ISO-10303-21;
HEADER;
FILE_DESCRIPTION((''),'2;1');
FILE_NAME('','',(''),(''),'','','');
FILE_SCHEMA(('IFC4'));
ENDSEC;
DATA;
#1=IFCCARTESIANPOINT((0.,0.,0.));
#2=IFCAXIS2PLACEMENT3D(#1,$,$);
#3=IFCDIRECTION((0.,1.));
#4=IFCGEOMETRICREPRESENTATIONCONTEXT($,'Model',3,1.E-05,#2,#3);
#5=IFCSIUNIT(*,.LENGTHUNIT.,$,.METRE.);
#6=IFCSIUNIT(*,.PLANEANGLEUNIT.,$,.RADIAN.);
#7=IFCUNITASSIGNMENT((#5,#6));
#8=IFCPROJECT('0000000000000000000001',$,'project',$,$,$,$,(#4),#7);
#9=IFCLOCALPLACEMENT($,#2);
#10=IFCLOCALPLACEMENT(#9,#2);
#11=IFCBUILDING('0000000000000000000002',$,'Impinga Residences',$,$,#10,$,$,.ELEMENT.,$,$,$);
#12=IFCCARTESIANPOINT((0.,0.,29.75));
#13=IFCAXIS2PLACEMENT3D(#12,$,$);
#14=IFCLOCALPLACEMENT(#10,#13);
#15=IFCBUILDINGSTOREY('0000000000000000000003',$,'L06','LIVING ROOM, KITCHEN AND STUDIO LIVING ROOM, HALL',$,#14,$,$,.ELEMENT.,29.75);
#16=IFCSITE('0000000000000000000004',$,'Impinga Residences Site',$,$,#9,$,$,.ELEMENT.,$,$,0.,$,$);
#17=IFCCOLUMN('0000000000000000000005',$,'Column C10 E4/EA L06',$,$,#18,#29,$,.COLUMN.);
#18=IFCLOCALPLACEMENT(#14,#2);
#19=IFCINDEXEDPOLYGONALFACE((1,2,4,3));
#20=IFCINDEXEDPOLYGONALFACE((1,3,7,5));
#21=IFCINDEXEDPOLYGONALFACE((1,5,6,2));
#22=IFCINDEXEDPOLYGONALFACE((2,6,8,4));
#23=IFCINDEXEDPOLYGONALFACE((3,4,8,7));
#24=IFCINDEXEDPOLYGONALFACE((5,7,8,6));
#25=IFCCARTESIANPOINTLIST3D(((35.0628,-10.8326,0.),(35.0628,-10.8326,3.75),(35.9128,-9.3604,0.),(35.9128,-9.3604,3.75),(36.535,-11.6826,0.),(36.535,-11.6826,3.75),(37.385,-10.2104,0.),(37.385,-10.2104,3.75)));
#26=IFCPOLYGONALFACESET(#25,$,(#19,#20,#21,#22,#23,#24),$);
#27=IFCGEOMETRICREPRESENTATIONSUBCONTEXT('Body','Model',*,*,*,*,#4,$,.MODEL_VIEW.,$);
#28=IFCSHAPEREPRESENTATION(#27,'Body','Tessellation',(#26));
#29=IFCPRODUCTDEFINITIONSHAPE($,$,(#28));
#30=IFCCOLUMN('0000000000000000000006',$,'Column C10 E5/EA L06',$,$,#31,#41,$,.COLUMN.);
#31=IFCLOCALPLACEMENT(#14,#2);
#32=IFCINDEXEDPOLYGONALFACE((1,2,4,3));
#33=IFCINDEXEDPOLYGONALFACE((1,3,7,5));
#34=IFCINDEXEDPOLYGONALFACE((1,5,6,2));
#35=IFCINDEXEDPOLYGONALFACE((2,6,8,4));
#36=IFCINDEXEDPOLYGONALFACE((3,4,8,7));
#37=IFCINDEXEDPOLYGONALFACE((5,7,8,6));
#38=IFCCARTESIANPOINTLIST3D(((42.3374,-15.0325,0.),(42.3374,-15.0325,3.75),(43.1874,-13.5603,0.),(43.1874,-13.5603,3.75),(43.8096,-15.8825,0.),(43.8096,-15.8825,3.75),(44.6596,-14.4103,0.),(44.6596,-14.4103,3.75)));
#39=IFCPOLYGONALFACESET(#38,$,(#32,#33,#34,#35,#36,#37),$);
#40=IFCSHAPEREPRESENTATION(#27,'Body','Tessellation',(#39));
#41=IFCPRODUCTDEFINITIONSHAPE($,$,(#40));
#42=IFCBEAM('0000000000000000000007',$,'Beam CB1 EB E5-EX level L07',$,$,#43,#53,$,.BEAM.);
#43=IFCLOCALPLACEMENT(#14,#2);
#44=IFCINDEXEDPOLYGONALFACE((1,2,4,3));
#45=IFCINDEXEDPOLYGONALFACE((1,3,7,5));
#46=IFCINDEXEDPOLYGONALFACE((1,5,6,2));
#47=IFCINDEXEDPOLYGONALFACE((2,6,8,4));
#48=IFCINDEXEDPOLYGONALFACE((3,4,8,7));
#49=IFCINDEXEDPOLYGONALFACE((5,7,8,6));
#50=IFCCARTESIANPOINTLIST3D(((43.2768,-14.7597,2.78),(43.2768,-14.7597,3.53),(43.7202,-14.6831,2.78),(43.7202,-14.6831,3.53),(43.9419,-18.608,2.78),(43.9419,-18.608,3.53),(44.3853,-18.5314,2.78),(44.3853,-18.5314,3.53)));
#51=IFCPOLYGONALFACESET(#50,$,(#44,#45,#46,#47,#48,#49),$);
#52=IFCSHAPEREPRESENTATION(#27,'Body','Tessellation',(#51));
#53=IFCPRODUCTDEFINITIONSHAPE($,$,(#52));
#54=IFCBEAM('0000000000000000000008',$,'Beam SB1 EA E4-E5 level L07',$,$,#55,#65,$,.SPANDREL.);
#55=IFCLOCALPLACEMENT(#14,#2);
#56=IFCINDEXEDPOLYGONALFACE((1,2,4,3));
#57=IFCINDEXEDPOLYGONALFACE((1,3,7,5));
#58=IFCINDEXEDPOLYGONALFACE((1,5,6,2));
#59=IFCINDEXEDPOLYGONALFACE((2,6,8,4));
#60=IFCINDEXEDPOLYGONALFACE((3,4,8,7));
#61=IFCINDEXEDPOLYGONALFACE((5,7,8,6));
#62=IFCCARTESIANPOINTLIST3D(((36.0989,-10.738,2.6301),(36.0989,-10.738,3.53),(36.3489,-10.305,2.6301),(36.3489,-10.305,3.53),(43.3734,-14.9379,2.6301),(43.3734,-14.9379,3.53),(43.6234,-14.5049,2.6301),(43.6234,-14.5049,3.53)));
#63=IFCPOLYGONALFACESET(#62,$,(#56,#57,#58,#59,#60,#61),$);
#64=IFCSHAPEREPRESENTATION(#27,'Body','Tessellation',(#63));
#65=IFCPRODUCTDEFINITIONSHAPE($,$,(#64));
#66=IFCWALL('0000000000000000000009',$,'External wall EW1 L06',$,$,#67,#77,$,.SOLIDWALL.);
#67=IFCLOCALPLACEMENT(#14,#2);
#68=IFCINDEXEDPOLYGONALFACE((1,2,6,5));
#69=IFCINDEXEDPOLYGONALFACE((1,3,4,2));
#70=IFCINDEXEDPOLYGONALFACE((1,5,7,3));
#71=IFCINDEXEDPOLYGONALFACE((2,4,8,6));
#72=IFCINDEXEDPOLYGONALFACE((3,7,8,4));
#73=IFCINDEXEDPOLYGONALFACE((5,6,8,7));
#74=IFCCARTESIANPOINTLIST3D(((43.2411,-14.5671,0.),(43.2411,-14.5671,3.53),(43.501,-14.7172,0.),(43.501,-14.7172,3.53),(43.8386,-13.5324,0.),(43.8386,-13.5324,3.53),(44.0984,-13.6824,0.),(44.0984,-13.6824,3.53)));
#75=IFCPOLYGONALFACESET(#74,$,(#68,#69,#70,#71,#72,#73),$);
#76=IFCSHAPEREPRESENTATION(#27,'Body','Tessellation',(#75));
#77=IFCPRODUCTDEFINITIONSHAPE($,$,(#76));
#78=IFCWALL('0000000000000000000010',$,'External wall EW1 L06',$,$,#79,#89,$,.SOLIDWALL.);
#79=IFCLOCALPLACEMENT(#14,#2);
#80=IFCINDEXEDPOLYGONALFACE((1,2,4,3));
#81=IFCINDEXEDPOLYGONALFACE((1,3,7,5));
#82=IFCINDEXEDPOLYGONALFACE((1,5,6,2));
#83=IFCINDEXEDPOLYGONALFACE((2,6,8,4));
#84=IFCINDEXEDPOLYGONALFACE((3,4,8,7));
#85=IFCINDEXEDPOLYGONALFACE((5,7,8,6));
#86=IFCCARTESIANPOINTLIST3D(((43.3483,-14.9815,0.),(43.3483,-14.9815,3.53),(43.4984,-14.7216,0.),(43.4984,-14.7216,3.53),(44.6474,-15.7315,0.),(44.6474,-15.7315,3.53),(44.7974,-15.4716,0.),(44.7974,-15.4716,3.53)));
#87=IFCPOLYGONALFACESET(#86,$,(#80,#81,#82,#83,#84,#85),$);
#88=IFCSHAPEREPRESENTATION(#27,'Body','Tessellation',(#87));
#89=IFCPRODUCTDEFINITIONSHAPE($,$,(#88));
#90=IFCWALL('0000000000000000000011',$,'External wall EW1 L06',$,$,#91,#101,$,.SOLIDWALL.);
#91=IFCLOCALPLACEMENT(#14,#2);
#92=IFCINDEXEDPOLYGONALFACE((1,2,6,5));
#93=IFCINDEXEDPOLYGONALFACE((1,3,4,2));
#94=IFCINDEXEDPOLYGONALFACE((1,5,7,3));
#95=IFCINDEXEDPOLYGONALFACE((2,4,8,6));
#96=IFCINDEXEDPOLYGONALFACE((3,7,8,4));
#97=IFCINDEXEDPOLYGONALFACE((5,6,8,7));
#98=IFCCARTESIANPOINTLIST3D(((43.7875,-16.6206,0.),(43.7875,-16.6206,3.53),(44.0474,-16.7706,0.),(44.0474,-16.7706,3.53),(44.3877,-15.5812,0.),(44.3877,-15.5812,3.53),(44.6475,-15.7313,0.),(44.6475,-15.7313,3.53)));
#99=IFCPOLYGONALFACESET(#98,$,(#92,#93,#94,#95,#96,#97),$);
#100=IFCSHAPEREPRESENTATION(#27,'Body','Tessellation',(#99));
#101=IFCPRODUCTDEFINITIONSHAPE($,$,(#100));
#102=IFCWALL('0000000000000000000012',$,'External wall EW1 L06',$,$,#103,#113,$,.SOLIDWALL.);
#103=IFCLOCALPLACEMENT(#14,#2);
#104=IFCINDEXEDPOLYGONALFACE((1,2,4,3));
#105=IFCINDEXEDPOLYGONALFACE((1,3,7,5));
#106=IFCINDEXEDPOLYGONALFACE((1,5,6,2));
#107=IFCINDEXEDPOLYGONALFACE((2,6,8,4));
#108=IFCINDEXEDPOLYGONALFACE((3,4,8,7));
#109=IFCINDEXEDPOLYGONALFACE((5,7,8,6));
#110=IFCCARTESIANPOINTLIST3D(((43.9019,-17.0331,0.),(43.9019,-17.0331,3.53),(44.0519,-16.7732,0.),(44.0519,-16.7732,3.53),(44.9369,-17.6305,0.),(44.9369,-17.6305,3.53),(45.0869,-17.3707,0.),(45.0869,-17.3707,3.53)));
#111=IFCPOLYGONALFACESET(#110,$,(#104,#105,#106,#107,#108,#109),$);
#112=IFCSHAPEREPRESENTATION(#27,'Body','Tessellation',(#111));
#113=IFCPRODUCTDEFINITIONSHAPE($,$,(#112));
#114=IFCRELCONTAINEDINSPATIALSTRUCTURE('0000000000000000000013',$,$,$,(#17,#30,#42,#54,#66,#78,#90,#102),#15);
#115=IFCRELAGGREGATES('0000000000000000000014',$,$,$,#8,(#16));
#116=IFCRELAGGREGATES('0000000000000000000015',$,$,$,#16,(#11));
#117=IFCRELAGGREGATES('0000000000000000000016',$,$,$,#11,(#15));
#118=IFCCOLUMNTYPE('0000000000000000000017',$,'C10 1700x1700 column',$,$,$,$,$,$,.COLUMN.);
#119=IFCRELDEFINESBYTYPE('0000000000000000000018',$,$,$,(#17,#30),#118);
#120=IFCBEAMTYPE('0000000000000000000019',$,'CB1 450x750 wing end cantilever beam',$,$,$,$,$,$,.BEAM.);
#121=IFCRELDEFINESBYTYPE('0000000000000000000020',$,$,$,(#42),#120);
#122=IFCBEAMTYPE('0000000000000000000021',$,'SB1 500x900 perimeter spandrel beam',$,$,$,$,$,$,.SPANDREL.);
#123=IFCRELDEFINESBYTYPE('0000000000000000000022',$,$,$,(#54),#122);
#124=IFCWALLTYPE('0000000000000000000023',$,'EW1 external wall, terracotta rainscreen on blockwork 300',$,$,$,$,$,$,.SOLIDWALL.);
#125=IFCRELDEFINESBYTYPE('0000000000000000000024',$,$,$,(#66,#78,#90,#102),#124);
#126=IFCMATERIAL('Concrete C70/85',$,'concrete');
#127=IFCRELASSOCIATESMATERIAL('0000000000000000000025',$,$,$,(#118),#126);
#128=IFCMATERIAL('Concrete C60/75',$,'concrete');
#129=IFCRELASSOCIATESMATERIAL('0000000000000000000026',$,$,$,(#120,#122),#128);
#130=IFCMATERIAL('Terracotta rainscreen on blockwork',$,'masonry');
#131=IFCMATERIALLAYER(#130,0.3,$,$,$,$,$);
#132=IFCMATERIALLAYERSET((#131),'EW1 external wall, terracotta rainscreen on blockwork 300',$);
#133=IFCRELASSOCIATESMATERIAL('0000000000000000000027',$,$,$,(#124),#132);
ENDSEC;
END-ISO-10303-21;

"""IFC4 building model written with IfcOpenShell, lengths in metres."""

from ifc_helpers import new_model, si_unit, direction, frame, frame_2d, origin, origin_2d, place, context, subcontext, project, spatial, rectangle, extrude, material, layer, layer_set, material_profile, profile_set, type_object, element, save


model = new_model("IFC4")

# Units and contexts
model_context = context("Model", 3, precision=1e-05, world=origin(), true_north=direction((0.0, 1.0)))
body_context = subcontext(model_context, "Body", "Model", "MODEL_VIEW")
ifc_project = project(units=[si_unit("LENGTHUNIT", "METRE"), si_unit("PLANEANGLEUNIT", "RADIAN")], contexts=[model_context])

# Site, building, storey
site_placement = place(None, origin())
site = spatial("IfcSite", under=ifc_project, at=site_placement, Name="Impinga Residences Site", CompositionType="ELEMENT", RefElevation=0.0)
building_placement = place(site_placement, origin())
building = spatial("IfcBuilding", under=site, at=building_placement, Name="Impinga Residences", CompositionType="ELEMENT")
storey_placement = place(building_placement, frame((0.0, 0.0, 29.75)))
storey = spatial("IfcBuildingStorey", under=building, at=storey_placement, Name="L06", Description="LIVING ROOM, KITCHEN AND STUDIO LIVING ROOM, HALL", CompositionType="ELEMENT", Elevation=29.75)

# Columns
ifc_material_1 = material(Name="Concrete C70/85", Category="concrete")
ifc_material_profile_1 = material_profile(ifc_material_1, rectangle(XDim=1.7, YDim=1.7, at=origin_2d()), Name="RC 1700x1700")
ifc_profile_set_1 = profile_set([ifc_material_profile_1], Name="Concrete C70/85")
column_type = type_object("IfcColumnType", Name="C10 1700x1700 column", PredefinedType="COLUMN", material=ifc_profile_set_1)
for number, where, z_axis, x_axis, name in (
    (1, (36.2239, -10.5215, 0.0), (0.0, 0.0, 1.0), (-0.5, -0.866025, 0.0), "Column C10 E4/EA L06"),
    (2, (43.4985, -14.7214, 0.0), (0.0, 0.0, 1.0), (-0.5, -0.866025, 0.0), "Column C10 E5/EA L06"),
):
    element("IfcColumn", number, at=place(storey_placement, frame(where, z_axis=z_axis, x_axis=x_axis)), inside=storey, type_object=column_type, Name=name, PredefinedType="COLUMN", context=body_context, shape_type="SweptSolid", body=[
        extrude(rectangle(XDim=1.7, YDim=1.7, at=origin_2d()), origin(), (0.0, 0.0, 1.0), 3.75),
    ])

# Beams
ifc_material_2 = material(Name="Concrete C60/75", Category="concrete")
ifc_material_profile_2 = material_profile(ifc_material_2, rectangle(XDim=0.45, YDim=0.75, at=origin_2d()), Name="RC 450x750")
ifc_profile_set_2 = profile_set([ifc_material_profile_2], Name="Concrete C60/75")
beam_type_1 = type_object("IfcBeamType", Name="CB1 450x750 wing end cantilever beam", PredefinedType="BEAM", material=ifc_profile_set_2)
beam_1_placement = place(storey_placement, frame((43.4985, -14.7214, 3.155), z_axis=(0.170296, -0.985393, 0.0), x_axis=(0.985393, 0.170296, 0.0)))
element("IfcBeam", 3, at=beam_1_placement, inside=storey, type_object=beam_type_1, Name="Beam CB1 EB E5-EX level L07", PredefinedType="BEAM", context=body_context, shape_type="SweptSolid", body=[
    extrude(rectangle(XDim=0.45, YDim=0.75, at=origin_2d()), origin(), (0.0, 0.0, 1.0), 3.9053),
])
ifc_material_profile_3 = material_profile(ifc_material_2, rectangle(XDim=0.5, YDim=0.8999, at=origin_2d()), Name="RC 500x900")
ifc_profile_set_3 = profile_set([ifc_material_profile_3], Name="Concrete C60/75")
beam_type_2 = type_object("IfcBeamType", Name="SB1 500x900 perimeter spandrel beam", PredefinedType="SPANDREL", material=ifc_profile_set_3)
beam_2_placement = place(storey_placement, frame((36.2239, -10.5215, 3.0801), z_axis=(0.866029, -0.499993, 0.0), x_axis=(0.499993, 0.866029, 0.0)))
element("IfcBeam", 4, at=beam_2_placement, inside=storey, type_object=beam_type_2, Name="Beam SB1 EA E4-E5 level L07", PredefinedType="SPANDREL", context=body_context, shape_type="SweptSolid", body=[
    extrude(rectangle(XDim=0.5, YDim=0.8999, at=origin_2d()), origin(), (0.0, 0.0, 1.0), 8.3999),
])

# Walls
ifc_material_3 = material(Name="Terracotta rainscreen on blockwork", Category="masonry")
ifc_layer_1 = layer(ifc_material_3, 0.3)
ifc_layer_set_1 = layer_set([ifc_layer_1], Name="EW1 external wall, terracotta rainscreen on blockwork 300")
wall_type_1 = type_object("IfcWallType", Name="EW1 external wall, terracotta rainscreen on blockwork 300", PredefinedType="SOLIDWALL", material=ifc_layer_set_1)
wall_1_placement = place(storey_placement, frame((43.9685, -13.6074, 0.0), z_axis=(0.0, 0.0, 1.0), x_axis=(-0.500029, -0.866009, 0.0)))
element("IfcWall", 5, at=wall_1_placement, inside=storey, type_object=wall_type_1, Name="External wall EW1 L06", PredefinedType="SOLIDWALL", context=body_context, shape_type="SweptSolid", body=[
    extrude(rectangle(XDim=1.1948, YDim=0.3, at=frame_2d((0.5974, 0.0))), origin(), (0.0, 0.0, 1.0), 3.53),
])
wall_2_placement = place(storey_placement, frame((43.4233, -14.8516, 0.0), z_axis=(0.0, 0.0, 1.0), x_axis=(0.866031, -0.49999, 0.0)))
element("IfcWall", 6, at=wall_2_placement, inside=storey, type_object=wall_type_1, Name="External wall EW1 L06", PredefinedType="SOLIDWALL", context=body_context, shape_type="SweptSolid", body=[
    extrude(rectangle(XDim=1.5, YDim=0.3, at=frame_2d((0.75, 0.0))), origin(), (0.0, 0.0, 1.0), 3.53),
])
wall_3_placement = place(storey_placement, frame((44.5176, -15.6562, 0.0), z_axis=(0.0, 0.0, 1.0), x_axis=(-0.500034, -0.866006, 0.0)))
element("IfcWall", 7, at=wall_3_placement, inside=storey, type_object=wall_type_1, Name="External wall EW1 L06", PredefinedType="SOLIDWALL", context=body_context, shape_type="SweptSolid", body=[
    extrude(rectangle(XDim=1.2002, YDim=0.3, at=frame_2d((0.6001, 0.0))), origin(), (0.0, 0.0, 1.0), 3.53),
])
wall_4_placement = place(storey_placement, frame((43.9768, -16.9031, 0.0), z_axis=(0.0, 0.0, 1.0), x_axis=(0.86606, -0.499941, 0.0)))
element("IfcWall", 8, at=wall_4_placement, inside=storey, type_object=wall_type_1, Name="External wall EW1 L06", PredefinedType="SOLIDWALL", context=body_context, shape_type="SweptSolid", body=[
    extrude(rectangle(XDim=1.1951, YDim=0.3, at=frame_2d((0.5977, 0.0))), origin(), (0.0, 0.0, 1.0), 3.53),
])

save(model, "model.ifc")
